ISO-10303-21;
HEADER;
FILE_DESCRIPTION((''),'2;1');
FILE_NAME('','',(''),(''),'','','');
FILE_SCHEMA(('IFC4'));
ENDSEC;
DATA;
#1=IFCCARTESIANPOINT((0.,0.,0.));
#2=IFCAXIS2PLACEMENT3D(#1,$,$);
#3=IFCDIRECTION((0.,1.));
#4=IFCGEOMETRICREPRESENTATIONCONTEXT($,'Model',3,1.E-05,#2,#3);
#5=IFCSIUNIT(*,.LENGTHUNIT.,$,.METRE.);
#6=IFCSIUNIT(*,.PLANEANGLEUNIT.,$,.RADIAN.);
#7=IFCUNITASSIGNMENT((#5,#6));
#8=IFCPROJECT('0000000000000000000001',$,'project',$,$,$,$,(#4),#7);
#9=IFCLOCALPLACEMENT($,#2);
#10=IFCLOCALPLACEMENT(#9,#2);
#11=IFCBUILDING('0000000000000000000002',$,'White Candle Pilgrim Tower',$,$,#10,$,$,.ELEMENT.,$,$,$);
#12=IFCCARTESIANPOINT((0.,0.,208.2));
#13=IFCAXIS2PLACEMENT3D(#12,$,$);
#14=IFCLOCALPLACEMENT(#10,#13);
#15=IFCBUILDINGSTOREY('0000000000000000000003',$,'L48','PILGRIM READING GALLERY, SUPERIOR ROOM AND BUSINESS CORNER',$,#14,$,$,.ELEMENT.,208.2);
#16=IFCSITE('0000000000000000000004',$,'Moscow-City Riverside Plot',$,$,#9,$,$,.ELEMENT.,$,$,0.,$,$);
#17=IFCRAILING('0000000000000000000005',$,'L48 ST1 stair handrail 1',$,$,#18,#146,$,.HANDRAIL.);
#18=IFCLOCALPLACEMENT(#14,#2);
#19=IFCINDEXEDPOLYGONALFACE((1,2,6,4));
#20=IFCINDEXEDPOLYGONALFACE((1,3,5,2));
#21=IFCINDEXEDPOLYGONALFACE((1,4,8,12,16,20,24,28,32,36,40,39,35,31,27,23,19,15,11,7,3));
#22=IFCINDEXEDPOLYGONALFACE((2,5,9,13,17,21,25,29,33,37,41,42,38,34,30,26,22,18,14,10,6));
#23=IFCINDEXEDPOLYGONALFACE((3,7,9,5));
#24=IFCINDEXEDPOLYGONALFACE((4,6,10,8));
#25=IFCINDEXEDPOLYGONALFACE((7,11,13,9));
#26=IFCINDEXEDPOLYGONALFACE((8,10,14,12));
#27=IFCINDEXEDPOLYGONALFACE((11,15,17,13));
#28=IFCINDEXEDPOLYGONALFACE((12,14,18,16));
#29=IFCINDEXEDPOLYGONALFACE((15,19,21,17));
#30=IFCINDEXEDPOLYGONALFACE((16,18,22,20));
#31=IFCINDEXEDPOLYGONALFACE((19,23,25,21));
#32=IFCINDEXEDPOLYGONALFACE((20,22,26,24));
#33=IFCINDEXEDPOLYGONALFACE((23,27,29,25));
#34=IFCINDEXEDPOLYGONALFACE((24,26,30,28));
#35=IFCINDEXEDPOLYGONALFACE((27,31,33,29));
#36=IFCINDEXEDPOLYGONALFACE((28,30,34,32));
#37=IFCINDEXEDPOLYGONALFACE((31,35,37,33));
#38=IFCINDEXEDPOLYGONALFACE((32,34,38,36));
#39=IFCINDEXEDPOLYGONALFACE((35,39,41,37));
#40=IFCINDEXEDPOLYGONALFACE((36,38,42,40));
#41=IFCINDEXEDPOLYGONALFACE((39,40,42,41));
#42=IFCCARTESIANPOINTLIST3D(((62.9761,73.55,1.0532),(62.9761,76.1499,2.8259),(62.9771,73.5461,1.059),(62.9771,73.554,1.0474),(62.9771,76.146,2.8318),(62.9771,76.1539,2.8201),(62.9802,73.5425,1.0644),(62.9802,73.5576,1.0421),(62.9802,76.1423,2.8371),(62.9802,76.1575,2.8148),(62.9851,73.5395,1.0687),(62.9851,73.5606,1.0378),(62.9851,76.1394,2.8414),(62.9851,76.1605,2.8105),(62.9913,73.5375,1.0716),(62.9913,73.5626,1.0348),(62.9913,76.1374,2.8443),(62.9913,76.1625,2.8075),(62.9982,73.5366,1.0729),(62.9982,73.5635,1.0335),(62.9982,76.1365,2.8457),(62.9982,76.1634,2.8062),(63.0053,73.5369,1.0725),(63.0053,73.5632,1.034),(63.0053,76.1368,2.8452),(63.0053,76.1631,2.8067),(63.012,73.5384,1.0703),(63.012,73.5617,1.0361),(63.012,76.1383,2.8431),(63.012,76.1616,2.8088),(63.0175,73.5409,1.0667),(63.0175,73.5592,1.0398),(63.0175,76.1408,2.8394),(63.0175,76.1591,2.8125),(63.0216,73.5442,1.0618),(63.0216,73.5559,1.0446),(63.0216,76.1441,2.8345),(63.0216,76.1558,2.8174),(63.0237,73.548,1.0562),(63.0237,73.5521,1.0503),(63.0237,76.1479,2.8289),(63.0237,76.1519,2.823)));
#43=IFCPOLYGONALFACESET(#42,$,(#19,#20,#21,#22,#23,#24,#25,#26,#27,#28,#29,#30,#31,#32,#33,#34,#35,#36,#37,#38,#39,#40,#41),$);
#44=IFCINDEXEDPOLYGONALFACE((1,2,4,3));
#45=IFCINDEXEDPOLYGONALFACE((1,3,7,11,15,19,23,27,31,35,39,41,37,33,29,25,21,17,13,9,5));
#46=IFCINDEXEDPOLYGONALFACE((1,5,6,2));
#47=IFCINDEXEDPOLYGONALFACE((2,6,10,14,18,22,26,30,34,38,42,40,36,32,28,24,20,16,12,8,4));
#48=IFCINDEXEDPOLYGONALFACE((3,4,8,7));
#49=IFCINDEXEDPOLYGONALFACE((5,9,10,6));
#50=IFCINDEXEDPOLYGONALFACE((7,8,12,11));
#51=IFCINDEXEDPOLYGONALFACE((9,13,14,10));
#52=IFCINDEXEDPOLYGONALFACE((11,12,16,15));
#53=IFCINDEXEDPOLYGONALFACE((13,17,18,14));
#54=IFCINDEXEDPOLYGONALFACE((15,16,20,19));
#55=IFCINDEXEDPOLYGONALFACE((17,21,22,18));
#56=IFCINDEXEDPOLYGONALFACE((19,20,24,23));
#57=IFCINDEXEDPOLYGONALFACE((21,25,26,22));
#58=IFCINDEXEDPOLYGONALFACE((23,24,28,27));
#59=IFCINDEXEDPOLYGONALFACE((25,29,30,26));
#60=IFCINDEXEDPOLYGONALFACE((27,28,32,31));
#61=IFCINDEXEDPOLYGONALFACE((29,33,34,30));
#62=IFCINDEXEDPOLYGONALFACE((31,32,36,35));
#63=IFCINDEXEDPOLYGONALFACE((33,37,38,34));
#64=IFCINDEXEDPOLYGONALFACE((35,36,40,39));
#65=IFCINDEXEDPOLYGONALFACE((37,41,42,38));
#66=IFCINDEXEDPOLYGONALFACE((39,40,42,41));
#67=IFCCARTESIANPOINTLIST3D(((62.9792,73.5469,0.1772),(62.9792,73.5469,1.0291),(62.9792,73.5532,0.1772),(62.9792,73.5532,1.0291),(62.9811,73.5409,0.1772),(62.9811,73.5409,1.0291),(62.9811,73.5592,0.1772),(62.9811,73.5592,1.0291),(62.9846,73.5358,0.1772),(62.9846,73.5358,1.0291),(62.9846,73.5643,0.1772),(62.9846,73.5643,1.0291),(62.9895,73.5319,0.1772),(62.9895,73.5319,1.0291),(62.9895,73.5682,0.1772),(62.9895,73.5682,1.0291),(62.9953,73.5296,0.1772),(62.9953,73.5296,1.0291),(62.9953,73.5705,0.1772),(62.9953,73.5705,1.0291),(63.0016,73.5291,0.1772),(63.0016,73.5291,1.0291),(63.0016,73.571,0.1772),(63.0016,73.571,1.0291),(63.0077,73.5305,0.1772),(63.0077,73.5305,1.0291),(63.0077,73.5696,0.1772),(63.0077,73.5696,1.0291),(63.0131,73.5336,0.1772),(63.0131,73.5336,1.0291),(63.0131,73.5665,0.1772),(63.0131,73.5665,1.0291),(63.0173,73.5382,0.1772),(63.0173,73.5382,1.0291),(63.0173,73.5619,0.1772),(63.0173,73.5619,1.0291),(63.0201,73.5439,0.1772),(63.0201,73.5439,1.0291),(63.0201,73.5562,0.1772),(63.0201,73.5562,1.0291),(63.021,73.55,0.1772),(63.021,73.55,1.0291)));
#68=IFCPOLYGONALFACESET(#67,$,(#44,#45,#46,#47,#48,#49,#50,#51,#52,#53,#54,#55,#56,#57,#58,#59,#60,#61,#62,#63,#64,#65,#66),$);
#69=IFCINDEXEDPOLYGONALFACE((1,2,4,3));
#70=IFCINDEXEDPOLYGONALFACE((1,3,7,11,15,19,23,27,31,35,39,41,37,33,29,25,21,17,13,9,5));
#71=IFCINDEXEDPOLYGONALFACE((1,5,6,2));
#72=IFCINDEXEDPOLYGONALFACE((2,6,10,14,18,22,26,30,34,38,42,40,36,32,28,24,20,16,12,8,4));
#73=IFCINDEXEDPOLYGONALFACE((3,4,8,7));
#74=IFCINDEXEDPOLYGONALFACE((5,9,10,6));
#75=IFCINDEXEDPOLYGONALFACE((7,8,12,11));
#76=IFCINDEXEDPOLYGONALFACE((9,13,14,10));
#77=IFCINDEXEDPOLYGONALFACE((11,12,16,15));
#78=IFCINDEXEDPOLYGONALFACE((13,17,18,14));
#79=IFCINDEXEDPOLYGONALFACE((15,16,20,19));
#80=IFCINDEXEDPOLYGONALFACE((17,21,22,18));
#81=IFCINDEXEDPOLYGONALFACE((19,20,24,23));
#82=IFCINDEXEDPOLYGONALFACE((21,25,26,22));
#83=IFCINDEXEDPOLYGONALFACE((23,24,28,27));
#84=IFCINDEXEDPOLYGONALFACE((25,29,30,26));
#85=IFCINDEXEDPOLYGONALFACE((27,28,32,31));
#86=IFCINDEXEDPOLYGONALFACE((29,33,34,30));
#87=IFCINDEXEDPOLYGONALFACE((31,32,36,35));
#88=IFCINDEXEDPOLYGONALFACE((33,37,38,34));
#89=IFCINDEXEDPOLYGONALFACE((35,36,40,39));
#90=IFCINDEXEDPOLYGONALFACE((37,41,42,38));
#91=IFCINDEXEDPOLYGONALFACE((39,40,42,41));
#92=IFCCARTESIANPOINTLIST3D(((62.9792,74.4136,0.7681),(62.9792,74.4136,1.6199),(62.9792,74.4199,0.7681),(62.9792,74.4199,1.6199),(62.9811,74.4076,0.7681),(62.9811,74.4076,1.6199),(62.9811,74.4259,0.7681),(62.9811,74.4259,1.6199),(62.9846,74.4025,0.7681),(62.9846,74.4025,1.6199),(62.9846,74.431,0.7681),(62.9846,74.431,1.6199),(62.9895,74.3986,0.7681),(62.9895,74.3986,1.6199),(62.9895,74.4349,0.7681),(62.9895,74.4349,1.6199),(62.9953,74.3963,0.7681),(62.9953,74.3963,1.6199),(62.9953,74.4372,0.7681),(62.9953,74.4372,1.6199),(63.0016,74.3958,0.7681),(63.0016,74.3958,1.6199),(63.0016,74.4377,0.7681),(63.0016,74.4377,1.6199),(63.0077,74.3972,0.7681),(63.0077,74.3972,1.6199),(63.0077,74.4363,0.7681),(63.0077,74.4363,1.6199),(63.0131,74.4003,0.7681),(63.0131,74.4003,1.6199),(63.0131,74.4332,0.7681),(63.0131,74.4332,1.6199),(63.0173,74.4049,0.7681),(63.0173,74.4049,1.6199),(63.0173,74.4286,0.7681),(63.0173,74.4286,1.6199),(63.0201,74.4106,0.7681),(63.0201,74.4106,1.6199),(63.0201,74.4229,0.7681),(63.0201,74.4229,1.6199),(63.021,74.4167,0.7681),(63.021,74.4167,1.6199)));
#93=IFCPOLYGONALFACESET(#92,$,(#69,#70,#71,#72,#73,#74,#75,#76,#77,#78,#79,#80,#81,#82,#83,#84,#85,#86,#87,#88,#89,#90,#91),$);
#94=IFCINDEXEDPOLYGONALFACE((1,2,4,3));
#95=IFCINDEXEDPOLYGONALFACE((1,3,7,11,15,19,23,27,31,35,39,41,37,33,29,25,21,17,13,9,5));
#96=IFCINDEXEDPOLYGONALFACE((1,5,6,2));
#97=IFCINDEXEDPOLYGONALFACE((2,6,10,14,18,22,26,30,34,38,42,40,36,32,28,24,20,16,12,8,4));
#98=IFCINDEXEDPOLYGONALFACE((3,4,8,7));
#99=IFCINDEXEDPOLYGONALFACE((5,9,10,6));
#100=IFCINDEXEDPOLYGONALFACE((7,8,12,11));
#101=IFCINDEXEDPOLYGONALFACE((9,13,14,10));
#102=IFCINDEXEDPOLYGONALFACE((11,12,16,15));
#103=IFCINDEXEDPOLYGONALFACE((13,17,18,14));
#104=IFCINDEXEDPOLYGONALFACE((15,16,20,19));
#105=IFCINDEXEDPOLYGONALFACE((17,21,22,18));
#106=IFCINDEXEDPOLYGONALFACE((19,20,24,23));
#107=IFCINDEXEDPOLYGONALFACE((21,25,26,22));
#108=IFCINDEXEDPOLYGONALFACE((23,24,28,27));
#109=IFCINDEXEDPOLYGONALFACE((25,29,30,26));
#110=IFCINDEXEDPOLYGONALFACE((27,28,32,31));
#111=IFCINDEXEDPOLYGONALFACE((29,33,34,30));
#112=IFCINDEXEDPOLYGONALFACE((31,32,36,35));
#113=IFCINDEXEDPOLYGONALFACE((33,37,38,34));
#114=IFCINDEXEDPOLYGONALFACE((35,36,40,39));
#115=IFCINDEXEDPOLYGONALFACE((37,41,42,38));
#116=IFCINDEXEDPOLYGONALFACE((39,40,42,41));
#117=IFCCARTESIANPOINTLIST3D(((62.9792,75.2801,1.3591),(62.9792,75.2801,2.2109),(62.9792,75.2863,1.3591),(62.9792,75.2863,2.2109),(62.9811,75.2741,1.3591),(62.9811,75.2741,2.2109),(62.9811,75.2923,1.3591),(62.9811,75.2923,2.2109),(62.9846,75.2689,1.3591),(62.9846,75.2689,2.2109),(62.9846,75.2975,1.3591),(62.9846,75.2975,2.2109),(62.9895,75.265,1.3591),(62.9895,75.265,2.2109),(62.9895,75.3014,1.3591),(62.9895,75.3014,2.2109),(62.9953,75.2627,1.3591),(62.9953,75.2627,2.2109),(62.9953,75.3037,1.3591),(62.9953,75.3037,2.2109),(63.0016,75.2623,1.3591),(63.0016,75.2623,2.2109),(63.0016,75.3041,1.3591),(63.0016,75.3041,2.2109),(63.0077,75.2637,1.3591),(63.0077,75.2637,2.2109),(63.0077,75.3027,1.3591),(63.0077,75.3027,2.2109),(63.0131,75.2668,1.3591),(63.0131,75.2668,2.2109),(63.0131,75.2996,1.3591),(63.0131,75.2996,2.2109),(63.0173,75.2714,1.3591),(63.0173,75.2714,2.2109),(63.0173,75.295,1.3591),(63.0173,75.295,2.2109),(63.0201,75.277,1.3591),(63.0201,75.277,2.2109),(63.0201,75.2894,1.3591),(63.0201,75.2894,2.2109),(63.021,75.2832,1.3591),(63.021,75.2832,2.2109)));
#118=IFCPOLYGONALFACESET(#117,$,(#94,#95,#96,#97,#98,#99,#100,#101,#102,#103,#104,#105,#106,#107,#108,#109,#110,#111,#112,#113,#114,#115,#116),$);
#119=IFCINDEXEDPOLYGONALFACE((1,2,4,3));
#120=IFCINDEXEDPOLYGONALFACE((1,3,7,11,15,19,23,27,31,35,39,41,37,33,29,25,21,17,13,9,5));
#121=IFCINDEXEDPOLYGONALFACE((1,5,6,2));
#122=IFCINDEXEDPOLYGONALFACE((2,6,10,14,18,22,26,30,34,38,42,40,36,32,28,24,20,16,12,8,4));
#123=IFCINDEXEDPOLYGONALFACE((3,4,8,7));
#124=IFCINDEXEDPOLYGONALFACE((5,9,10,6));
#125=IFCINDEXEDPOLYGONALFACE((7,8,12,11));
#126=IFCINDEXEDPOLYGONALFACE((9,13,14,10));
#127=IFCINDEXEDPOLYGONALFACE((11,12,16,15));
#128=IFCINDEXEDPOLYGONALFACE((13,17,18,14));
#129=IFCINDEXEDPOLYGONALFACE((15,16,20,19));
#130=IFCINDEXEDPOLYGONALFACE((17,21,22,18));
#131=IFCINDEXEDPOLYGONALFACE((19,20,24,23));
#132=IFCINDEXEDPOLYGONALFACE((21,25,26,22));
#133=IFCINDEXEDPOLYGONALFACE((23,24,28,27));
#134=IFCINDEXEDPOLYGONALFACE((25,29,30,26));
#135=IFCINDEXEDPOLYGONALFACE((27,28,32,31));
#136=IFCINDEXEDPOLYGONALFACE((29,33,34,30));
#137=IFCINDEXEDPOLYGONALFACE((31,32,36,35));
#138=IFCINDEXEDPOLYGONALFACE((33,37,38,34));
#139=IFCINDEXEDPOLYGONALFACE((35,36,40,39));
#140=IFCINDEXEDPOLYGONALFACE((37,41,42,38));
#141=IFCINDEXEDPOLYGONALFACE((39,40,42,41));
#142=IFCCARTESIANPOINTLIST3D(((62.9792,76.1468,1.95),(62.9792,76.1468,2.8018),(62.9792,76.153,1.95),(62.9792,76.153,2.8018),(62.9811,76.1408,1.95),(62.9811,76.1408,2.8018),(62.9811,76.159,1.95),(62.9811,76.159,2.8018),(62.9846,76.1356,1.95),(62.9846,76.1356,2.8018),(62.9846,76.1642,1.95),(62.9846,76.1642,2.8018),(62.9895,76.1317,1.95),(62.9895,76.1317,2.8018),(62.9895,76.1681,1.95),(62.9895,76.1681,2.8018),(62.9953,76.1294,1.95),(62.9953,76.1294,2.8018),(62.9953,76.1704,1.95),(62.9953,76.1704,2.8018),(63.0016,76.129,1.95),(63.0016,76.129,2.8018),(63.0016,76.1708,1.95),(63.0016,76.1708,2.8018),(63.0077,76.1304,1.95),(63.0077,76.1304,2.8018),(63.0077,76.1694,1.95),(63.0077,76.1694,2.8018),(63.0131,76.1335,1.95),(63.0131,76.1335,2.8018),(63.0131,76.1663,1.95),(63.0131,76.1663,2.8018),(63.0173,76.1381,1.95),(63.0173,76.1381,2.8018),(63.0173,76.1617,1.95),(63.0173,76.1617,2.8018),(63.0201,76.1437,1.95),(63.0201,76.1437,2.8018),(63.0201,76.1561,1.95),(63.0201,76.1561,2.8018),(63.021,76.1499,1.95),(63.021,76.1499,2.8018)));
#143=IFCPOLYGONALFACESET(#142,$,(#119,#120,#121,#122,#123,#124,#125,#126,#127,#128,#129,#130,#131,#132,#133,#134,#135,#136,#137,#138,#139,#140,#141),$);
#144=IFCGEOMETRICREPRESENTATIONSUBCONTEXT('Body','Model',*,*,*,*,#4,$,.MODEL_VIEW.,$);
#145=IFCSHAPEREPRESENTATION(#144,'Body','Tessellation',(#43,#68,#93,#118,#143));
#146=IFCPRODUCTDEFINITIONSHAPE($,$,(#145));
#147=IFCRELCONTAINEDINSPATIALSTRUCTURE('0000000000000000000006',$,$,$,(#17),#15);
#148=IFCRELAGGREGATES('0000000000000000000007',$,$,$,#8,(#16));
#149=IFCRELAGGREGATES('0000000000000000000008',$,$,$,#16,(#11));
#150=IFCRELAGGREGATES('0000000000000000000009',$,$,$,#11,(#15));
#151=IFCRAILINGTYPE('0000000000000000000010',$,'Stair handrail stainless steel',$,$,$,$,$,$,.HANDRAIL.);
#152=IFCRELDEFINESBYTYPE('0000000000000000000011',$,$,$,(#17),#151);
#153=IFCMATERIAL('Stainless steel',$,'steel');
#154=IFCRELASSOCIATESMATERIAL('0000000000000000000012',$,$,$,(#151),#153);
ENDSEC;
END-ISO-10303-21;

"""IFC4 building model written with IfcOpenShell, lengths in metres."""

from ifc_helpers import new_model, si_unit, direction, frame, origin, origin_2d, place, context, subcontext, project, spatial, circle, extrude, material, type_object, element, save


model = new_model("IFC4")

# Units and contexts
model_context = context("Model", 3, precision=1e-05, world=origin(), true_north=direction((0.0, 1.0)))
body_context = subcontext(model_context, "Body", "Model", "MODEL_VIEW")
ifc_project = project(units=[si_unit("LENGTHUNIT", "METRE"), si_unit("PLANEANGLEUNIT", "RADIAN")], contexts=[model_context])

# Site, building, storey
site_placement = place(None, origin())
site = spatial("IfcSite", under=ifc_project, at=site_placement, Name="Moscow-City Riverside Plot", CompositionType="ELEMENT", RefElevation=0.0)
building_placement = place(site_placement, origin())
building = spatial("IfcBuilding", under=site, at=building_placement, Name="White Candle Pilgrim Tower", CompositionType="ELEMENT")
storey_placement = place(building_placement, frame((0.0, 0.0, 208.2)))
storey = spatial("IfcBuildingStorey", under=building, at=storey_placement, Name="L48", Description="PILGRIM READING GALLERY, SUPERIOR ROOM AND BUSINESS CORNER", CompositionType="ELEMENT", Elevation=208.2)

# Railing
ifc_material_1 = material(Name="Stainless steel", Category="steel")
railing_type_1 = type_object("IfcRailingType", Name="Stair handrail stainless steel", PredefinedType="HANDRAIL", material=ifc_material_1)
railing_1_placement = place(storey_placement, frame((63.0, 73.55, 0.1772)))
element("IfcRailing", 1, at=railing_1_placement, inside=storey, type_object=railing_type_1, Name="L48 ST1 stair handrail 1", PredefinedType="HANDRAIL", context=body_context, shape_type="SweptSolid", body=[
    extrude(circle(Radius=0.0239, at=origin_2d()), frame((0.0, 0.0, 0.876), z_axis=(0.0, 0.826216, 0.563354), x_axis=(-1.0, 0.0, 0.0)), (0.0, 0.0, 1.0), 3.1467),
    extrude(circle(Radius=0.021, at=origin_2d()), origin(), (0.0, 0.0, 1.0), 0.8518),
    extrude(circle(Radius=0.021, at=origin_2d()), frame((0.0, 0.8667, 0.5908)), (0.0, 0.0, 1.0), 0.8518),
    extrude(circle(Radius=0.021, at=origin_2d()), frame((0.0, 1.7332, 1.1819)), (0.0, 0.0, 1.0), 0.8518),
    extrude(circle(Radius=0.021, at=origin_2d()), frame((0.0, 2.5999, 1.7727)), (0.0, 0.0, 1.0), 0.8518),
])

save(model, "model.ifc")
